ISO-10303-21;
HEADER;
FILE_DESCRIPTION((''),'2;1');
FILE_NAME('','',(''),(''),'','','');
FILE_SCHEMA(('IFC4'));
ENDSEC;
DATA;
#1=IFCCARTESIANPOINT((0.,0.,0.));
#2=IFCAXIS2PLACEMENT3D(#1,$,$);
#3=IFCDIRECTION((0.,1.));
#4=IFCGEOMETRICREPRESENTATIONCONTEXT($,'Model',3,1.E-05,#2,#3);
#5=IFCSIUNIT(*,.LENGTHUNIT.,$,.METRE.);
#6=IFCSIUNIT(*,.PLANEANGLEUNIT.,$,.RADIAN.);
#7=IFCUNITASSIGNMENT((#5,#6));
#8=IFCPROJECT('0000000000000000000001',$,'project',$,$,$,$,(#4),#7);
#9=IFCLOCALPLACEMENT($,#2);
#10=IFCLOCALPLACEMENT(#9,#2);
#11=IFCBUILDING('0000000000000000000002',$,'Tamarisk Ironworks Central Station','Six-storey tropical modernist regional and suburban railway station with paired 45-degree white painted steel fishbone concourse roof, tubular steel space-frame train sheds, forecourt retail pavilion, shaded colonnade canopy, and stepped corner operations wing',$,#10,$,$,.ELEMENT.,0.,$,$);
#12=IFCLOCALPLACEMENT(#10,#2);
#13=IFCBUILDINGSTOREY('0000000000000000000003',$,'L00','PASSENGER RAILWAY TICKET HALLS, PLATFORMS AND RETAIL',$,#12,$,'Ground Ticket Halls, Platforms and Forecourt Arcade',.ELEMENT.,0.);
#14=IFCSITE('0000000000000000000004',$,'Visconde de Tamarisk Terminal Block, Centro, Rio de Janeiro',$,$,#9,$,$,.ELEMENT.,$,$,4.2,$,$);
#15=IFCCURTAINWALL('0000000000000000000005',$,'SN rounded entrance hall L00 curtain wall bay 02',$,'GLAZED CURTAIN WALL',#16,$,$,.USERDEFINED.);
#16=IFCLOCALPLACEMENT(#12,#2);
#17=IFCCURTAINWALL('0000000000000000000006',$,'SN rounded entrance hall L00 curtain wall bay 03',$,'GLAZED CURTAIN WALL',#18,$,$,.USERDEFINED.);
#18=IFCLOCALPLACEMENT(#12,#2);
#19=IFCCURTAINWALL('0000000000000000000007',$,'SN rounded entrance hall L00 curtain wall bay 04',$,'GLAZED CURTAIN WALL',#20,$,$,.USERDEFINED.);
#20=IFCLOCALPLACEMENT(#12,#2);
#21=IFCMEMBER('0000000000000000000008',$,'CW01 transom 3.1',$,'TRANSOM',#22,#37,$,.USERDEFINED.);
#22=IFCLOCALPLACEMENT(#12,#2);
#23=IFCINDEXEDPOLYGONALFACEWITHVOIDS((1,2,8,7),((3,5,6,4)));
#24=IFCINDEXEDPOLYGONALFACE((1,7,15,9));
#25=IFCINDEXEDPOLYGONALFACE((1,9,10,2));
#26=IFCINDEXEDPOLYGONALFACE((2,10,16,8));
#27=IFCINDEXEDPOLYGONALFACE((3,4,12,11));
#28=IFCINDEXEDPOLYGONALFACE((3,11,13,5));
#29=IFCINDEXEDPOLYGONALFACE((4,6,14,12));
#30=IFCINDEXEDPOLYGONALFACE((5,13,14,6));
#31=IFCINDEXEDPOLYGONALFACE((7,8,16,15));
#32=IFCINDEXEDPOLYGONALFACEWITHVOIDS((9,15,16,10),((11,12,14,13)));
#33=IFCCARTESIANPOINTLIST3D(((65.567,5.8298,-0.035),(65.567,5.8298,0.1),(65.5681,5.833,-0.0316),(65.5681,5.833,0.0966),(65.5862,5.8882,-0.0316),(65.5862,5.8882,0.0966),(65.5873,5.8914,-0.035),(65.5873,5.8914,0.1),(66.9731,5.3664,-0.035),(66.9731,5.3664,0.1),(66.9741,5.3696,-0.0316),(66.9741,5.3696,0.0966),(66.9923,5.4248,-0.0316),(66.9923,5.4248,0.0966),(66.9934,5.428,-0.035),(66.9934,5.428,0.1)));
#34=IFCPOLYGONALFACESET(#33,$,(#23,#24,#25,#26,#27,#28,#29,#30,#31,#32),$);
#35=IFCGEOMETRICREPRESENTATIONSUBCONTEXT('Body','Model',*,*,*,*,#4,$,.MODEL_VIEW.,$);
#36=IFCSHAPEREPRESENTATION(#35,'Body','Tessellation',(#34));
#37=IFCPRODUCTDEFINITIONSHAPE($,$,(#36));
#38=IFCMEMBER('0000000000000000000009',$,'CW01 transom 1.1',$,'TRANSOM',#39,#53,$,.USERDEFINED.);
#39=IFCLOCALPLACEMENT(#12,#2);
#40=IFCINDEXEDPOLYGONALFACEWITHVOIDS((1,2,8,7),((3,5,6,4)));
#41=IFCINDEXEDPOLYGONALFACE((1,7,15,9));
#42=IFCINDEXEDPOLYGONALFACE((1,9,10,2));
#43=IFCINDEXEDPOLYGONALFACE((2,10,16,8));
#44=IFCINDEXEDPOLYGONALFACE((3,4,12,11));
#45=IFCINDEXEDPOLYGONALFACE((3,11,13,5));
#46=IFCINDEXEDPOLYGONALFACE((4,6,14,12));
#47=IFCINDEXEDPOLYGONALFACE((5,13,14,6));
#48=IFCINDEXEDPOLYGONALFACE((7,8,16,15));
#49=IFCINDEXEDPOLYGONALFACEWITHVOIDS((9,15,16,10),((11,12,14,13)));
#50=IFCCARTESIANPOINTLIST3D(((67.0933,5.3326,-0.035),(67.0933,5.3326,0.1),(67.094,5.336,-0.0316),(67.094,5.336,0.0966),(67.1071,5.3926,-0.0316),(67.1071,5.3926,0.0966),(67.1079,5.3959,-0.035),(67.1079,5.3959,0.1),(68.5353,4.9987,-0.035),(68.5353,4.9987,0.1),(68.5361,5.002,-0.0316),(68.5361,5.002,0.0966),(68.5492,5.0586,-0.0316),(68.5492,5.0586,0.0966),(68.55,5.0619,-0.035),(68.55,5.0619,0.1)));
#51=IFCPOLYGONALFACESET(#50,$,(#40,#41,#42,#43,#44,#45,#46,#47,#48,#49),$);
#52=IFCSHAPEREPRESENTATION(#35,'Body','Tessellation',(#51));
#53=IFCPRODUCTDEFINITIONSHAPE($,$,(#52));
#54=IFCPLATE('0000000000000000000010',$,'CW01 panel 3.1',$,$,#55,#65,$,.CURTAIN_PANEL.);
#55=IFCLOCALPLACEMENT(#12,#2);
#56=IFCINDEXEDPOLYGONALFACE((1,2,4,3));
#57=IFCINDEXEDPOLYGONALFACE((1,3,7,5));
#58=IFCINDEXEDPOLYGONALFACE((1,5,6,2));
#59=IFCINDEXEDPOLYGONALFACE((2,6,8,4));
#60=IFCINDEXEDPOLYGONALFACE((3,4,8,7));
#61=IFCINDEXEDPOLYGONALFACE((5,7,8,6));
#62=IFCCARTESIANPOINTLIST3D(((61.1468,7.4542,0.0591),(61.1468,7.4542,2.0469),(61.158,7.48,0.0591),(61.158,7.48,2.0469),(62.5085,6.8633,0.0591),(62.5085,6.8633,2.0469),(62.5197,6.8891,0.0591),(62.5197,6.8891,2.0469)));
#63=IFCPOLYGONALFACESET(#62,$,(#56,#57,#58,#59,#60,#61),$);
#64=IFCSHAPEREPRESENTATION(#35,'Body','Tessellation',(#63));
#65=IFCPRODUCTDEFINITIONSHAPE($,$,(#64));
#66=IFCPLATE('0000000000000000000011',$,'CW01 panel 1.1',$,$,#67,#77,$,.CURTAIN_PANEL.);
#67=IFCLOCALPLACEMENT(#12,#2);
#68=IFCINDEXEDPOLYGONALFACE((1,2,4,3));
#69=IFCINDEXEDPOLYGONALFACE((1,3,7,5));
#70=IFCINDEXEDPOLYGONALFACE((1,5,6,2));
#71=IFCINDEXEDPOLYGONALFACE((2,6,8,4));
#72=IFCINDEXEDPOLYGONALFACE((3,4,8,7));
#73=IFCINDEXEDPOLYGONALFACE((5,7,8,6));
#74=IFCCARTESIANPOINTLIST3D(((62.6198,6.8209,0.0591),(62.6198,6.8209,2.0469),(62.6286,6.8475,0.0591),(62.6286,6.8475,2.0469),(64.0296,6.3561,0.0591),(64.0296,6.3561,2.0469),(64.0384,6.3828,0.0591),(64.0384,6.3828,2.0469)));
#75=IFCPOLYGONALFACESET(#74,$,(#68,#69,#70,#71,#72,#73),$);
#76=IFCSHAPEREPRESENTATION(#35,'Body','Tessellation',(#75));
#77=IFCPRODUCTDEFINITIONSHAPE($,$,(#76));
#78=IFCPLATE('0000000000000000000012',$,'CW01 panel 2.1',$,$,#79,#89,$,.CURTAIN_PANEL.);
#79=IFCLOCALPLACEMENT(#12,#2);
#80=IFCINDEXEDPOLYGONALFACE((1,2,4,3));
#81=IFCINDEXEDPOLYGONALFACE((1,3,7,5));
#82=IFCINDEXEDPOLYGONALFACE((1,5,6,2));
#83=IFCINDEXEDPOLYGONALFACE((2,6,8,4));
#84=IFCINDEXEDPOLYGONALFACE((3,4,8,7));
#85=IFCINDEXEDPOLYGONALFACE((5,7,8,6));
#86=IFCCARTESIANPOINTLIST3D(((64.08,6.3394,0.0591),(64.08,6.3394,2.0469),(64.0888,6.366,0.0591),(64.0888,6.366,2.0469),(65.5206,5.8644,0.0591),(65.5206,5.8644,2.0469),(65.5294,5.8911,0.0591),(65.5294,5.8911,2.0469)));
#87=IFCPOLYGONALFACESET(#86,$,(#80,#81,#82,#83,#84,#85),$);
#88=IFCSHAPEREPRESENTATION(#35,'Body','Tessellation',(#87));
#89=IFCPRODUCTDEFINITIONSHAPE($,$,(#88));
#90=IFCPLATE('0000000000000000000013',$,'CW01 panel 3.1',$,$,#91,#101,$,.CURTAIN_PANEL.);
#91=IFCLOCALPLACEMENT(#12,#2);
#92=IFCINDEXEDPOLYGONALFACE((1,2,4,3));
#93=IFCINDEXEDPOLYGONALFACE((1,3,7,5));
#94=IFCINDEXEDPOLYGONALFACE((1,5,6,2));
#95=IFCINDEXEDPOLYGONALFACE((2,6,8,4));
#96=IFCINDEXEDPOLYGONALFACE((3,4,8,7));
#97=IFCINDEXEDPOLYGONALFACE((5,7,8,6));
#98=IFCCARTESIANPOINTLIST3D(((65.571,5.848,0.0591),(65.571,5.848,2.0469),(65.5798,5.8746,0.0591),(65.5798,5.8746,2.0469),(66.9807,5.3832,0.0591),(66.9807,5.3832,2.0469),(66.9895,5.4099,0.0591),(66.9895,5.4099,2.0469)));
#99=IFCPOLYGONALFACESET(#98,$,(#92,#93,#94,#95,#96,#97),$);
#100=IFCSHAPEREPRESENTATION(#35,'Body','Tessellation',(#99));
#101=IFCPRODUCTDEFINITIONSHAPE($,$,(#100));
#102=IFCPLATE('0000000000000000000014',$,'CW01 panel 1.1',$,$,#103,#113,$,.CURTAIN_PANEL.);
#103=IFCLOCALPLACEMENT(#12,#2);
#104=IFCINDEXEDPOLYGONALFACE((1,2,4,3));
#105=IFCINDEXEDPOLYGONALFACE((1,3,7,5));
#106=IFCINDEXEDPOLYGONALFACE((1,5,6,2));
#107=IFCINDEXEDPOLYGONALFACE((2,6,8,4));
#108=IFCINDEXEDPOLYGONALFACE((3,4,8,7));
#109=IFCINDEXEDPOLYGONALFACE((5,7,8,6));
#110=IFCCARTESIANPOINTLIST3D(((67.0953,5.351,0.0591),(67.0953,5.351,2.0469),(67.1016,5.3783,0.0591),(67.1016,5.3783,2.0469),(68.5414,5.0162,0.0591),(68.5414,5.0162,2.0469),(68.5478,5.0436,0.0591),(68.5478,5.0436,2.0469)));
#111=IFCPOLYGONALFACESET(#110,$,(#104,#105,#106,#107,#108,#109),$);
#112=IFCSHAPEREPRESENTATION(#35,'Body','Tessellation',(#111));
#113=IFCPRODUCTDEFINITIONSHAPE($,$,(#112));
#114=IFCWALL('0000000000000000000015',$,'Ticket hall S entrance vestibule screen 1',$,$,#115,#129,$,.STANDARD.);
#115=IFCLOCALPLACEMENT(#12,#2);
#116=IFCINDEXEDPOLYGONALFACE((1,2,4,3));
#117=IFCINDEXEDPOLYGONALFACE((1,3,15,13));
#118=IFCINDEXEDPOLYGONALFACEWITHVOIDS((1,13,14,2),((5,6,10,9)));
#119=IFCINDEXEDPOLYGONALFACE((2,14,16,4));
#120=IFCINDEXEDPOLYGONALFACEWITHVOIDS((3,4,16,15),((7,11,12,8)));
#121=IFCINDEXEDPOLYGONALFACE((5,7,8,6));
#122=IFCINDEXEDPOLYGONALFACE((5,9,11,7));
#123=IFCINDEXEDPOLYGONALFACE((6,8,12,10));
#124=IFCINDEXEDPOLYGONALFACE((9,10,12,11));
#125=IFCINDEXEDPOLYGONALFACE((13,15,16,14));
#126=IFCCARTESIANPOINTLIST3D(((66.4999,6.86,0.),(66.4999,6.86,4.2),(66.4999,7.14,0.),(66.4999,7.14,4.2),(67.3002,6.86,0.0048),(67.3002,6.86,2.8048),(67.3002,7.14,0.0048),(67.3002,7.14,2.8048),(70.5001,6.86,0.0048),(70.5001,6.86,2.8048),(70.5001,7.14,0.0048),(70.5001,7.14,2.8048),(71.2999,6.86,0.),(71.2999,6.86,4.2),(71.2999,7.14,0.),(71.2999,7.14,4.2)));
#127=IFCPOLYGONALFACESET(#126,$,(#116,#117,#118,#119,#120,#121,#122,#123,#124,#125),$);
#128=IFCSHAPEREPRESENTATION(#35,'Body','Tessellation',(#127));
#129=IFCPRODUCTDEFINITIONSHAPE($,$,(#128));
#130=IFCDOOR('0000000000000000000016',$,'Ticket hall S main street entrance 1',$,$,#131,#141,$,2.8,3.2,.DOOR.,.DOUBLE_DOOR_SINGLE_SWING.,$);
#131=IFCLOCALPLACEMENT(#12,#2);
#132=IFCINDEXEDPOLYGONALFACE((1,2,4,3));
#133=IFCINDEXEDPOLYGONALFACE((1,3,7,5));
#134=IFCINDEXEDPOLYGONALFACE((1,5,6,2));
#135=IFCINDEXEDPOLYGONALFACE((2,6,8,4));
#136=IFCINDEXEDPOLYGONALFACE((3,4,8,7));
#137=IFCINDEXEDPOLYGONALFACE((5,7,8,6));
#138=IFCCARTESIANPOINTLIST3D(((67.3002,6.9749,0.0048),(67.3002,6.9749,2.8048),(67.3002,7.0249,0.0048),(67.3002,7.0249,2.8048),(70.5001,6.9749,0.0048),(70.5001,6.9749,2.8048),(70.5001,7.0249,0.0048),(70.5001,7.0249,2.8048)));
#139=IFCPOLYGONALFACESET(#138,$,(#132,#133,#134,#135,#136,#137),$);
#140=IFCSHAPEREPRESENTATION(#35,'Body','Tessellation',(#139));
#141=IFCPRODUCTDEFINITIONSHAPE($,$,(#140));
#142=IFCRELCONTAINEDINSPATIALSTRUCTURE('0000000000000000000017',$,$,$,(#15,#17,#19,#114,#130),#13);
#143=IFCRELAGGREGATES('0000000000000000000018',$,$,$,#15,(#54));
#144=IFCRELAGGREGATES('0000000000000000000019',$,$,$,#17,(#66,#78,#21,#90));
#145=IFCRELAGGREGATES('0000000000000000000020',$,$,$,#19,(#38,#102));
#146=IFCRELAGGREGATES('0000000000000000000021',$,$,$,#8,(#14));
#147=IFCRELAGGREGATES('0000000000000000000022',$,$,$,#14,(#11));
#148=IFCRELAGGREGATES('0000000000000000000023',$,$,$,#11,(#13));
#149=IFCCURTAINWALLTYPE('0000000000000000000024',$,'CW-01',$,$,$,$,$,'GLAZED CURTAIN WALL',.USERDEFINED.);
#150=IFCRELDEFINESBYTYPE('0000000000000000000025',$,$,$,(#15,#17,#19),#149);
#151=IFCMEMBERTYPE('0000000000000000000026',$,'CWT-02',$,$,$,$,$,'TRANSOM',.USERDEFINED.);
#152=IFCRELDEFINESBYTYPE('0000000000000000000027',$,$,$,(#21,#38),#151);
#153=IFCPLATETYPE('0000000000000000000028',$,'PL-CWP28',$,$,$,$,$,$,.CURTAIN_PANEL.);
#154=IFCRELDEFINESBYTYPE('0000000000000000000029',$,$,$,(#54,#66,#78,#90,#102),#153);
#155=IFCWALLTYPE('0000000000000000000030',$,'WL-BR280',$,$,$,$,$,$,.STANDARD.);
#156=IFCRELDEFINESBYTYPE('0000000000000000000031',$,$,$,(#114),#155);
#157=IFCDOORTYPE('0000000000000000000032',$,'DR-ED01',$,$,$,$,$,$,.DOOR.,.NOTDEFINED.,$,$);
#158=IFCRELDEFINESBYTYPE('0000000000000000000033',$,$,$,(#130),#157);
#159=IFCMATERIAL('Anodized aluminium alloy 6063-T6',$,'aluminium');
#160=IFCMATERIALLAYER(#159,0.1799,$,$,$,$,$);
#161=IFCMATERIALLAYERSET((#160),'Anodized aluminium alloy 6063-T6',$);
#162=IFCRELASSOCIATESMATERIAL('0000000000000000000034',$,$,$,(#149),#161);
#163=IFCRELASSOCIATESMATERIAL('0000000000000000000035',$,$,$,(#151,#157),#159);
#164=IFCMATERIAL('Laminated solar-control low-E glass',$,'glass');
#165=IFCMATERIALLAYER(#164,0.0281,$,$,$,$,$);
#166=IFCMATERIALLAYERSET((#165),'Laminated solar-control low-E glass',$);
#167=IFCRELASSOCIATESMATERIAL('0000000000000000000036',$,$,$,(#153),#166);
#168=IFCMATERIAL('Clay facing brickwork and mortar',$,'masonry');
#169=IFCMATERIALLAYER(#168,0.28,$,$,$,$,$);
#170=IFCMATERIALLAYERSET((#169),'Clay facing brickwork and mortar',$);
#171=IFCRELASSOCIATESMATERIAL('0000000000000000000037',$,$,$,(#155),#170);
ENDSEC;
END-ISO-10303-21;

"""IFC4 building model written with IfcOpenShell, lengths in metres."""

from ifc_helpers import new_model, si_unit, direction, frame, frame_2d, origin, origin_2d, place, context, subcontext, project, spatial, rectangle, hollow_rectangle, extrude, material, layer, layer_set, material_profile, profile_set, type_object, element, fill, aggregate, save


model = new_model("IFC4")

# Units and contexts
model_context = context("Model", 3, precision=1e-05, world=origin(), true_north=direction((0.0, 1.0)))
body_context = subcontext(model_context, "Body", "Model", "MODEL_VIEW")
ifc_project = project(units=[si_unit("LENGTHUNIT", "METRE"), si_unit("PLANEANGLEUNIT", "RADIAN")], contexts=[model_context])

# Site, building, storey
site_placement = place(None, origin())
site = spatial("IfcSite", under=ifc_project, at=site_placement, Name="Visconde de Tamarisk Terminal Block, Centro, Rio de Janeiro", CompositionType="ELEMENT", RefElevation=4.2)
building_placement = place(site_placement, origin())
building = spatial("IfcBuilding", under=site, at=building_placement, Name="Tamarisk Ironworks Central Station", Description="Six-storey tropical modernist regional and suburban railway station with paired 45-degree white painted steel fishbone concourse roof, tubular steel space-frame train sheds, forecourt retail pavilion, shaded colonnade canopy, and stepped corner operations wing", CompositionType="ELEMENT", ElevationOfRefHeight=0.0)
storey_placement = place(building_placement, origin())
storey = spatial("IfcBuildingStorey", under=building, at=storey_placement, Name="L00", Description="PASSENGER RAILWAY TICKET HALLS, PLATFORMS AND RETAIL", LongName="Ground Ticket Halls, Platforms and Forecourt Arcade", CompositionType="ELEMENT", Elevation=0.0)

# Curtain walls
ifc_material_1 = material(Name="Anodized aluminium alloy 6063-T6", Category="aluminium")
ifc_layer_1 = layer(ifc_material_1, 0.1799)
ifc_layer_set_1 = layer_set([ifc_layer_1], Name="Anodized aluminium alloy 6063-T6")
curtain_wall_type = type_object("IfcCurtainWallType", Name="CW-01", ElementType="GLAZED CURTAIN WALL", PredefinedType="USERDEFINED", material=ifc_layer_set_1)
curtain_wall_1_placement = place(storey_placement, origin())
curtain_wall_1 = element("IfcCurtainWall", 1, at=curtain_wall_1_placement, inside=storey, type_object=curtain_wall_type, Name="SN rounded entrance hall L00 curtain wall bay 02", ObjectType="GLAZED CURTAIN WALL", PredefinedType="USERDEFINED")
curtain_wall_2_placement = place(storey_placement, origin())
curtain_wall_2 = element("IfcCurtainWall", 2, at=curtain_wall_2_placement, inside=storey, type_object=curtain_wall_type, Name="SN rounded entrance hall L00 curtain wall bay 03", ObjectType="GLAZED CURTAIN WALL", PredefinedType="USERDEFINED")
curtain_wall_3_placement = place(storey_placement, origin())
curtain_wall_3 = element("IfcCurtainWall", 3, at=curtain_wall_3_placement, inside=storey, type_object=curtain_wall_type, Name="SN rounded entrance hall L00 curtain wall bay 04", ObjectType="GLAZED CURTAIN WALL", PredefinedType="USERDEFINED")

# Members
ifc_material_profile_1 = material_profile(ifc_material_1, hollow_rectangle(XDim=0.0649, YDim=0.135, WallThickness=0.0034, at=origin_2d()), Name="ALUM 135x65")
ifc_profile_set_1 = profile_set([ifc_material_profile_1], Name="Anodized aluminium alloy 6063-T6")
member_type_1 = type_object("IfcMemberType", Name="CWT-02", ElementType="TRANSOM", PredefinedType="USERDEFINED", material=ifc_profile_set_1)
member_1_placement = place(storey_placement, frame((65.5771, 5.8606, 0.0325), z_axis=(0.94975, -0.31301, 0.0), x_axis=(0.31301, 0.94975, 0.0)))
member_1 = element("IfcMember", 4, at=member_1_placement, type_object=member_type_1, Name="CW01 transom 3.1", ObjectType="TRANSOM", PredefinedType="USERDEFINED", context=body_context, shape_type="SweptSolid", body=[
    extrude(hollow_rectangle(XDim=0.0649, YDim=0.135, WallThickness=0.0034, at=origin_2d()), origin(), (0.0, 0.0, 1.0), 1.4805),
])
member_2_placement = place(storey_placement, frame((67.1006, 5.3643, 0.0325), z_axis=(0.974216, -0.225618, 0.0), x_axis=(0.225618, 0.974216, 0.0)))
member_2 = element("IfcMember", 5, at=member_2_placement, type_object=member_type_1, Name="CW01 transom 1.1", ObjectType="TRANSOM", PredefinedType="USERDEFINED", context=body_context, shape_type="SweptSolid", body=[
    extrude(hollow_rectangle(XDim=0.0649, YDim=0.135, WallThickness=0.0034, at=origin_2d()), origin(), (0.0, 0.0, 1.0), 1.4802),
])

# Plates
ifc_material_2 = material(Name="Laminated solar-control low-E glass", Category="glass")
ifc_layer_2 = layer(ifc_material_2, 0.0281)
ifc_layer_set_2 = layer_set([ifc_layer_2], Name="Laminated solar-control low-E glass")
plate_type = type_object("IfcPlateType", Name="PL-CWP28", PredefinedType="CURTAIN_PANEL", material=ifc_layer_set_2)
plate_1_placement = place(storey_placement, frame((61.8333, 7.1716, 0.0591), z_axis=(0.0, 0.0, 1.0), x_axis=(0.917352, -0.398077, 0.0)))
plate_1 = element("IfcPlate", 6, at=plate_1_placement, type_object=plate_type, Name="CW01 panel 3.1", PredefinedType="CURTAIN_PANEL", context=body_context, shape_type="SweptSolid", body=[
    extrude(rectangle(XDim=1.4844, YDim=0.0281, at=origin_2d()), origin(), (0.0, 0.0, 1.0), 1.9878),
])
aggregate(curtain_wall_1, [plate_1])
plate_2_placement = place(storey_placement, frame((63.3291, 6.6018, 0.0591), z_axis=(0.0, 0.0, 1.0), x_axis=(0.949721, -0.313098, 0.0)))
plate_2 = element("IfcPlate", 7, at=plate_2_placement, type_object=plate_type, Name="CW01 panel 1.1", PredefinedType="CURTAIN_PANEL", context=body_context, shape_type="SweptSolid", body=[
    extrude(rectangle(XDim=1.4844, YDim=0.0281, at=origin_2d()), origin(), (0.0, 0.0, 1.0), 1.9878),
])
plate_3_placement = place(storey_placement, frame((64.8047, 6.1152, 0.0591), z_axis=(0.0, 0.0, 1.0), x_axis=(0.949721, -0.313098, 0.0)))
plate_3 = element("IfcPlate", 8, at=plate_3_placement, type_object=plate_type, Name="CW01 panel 2.1", PredefinedType="CURTAIN_PANEL", context=body_context, shape_type="SweptSolid", body=[
    extrude(rectangle(XDim=1.5168, YDim=0.0281, at=origin_2d()), origin(), (0.0, 0.0, 1.0), 1.9878),
])
plate_4_placement = place(storey_placement, frame((66.2803, 5.6289, 0.0591), z_axis=(0.0, 0.0, 1.0), x_axis=(0.949721, -0.313098, 0.0)))
plate_4 = element("IfcPlate", 9, at=plate_4_placement, type_object=plate_type, Name="CW01 panel 3.1", PredefinedType="CURTAIN_PANEL", context=body_context, shape_type="SweptSolid", body=[
    extrude(rectangle(XDim=1.4844, YDim=0.0281, at=origin_2d()), origin(), (0.0, 0.0, 1.0), 1.9878),
])
aggregate(curtain_wall_2, [plate_2, plate_3, member_1, plate_4])
plate_5_placement = place(storey_placement, frame((67.8215, 5.1973, 0.0591), z_axis=(0.0, 0.0, 1.0), x_axis=(0.974239, -0.225517, 0.0)))
plate_5 = element("IfcPlate", 10, at=plate_5_placement, type_object=plate_type, Name="CW01 panel 1.1", PredefinedType="CURTAIN_PANEL", context=body_context, shape_type="SweptSolid", body=[
    extrude(rectangle(XDim=1.4844, YDim=0.0281, at=origin_2d()), origin(), (0.0, 0.0, 1.0), 1.9878),
])
aggregate(curtain_wall_3, [member_2, plate_5])

# Wall, opening, door
ifc_material_3 = material(Name="Clay facing brickwork and mortar", Category="masonry")
ifc_layer_3 = layer(ifc_material_3, 0.28)
ifc_layer_set_3 = layer_set([ifc_layer_3], Name="Clay facing brickwork and mortar")
wall_type = type_object("IfcWallType", Name="WL-BR280", PredefinedType="STANDARD", material=ifc_layer_set_3)
wall_placement = place(storey_placement, frame((66.5, 7.0, 0.0), z_axis=(0.0, 0.0, 1.0), x_axis=(1.0, 0.0, 0.0)))
wall = element("IfcWall", 11, at=wall_placement, inside=storey, type_object=wall_type, Name="Ticket hall S entrance vestibule screen 1", PredefinedType="STANDARD", context=body_context, shape_type="SweptSolid", body=[
    extrude(rectangle(XDim=4.8, YDim=0.28, at=frame_2d((2.3999, 0.0))), origin(), (0.0, 0.0, 1.0), 4.2),
])
opening_placement = place(wall_placement, frame((0.8, 0.0, 0.0049)))
opening = element("IfcOpeningElement", 12, at=opening_placement, cuts=wall, PredefinedType="OPENING", context=body_context, shape_type="SweptSolid", body=[
    extrude(rectangle(XDim=3.2, YDim=2.8, at=frame_2d((1.6001, 1.3999))), frame((0.0, 0.1519, 0.0), z_axis=(0.0, -1.0, 0.0), x_axis=(1.0, 0.0, 0.0)), (0.0, 0.0, 1.0), 0.304),
])
door_type = type_object("IfcDoorType", Name="DR-ED01", OperationType="NOTDEFINED", PredefinedType="DOOR", material=ifc_material_1)
door_placement = place(opening_placement, origin())
door = element("IfcDoor", 13, at=door_placement, inside=storey, type_object=door_type, Name="Ticket hall S main street entrance 1", OperationType="DOUBLE_DOOR_SINGLE_SWING", OverallHeight=2.8, OverallWidth=3.2, PredefinedType="DOOR", context=body_context, shape_type="SweptSolid", body=[
    extrude(rectangle(XDim=3.2, YDim=2.8, at=frame_2d((1.6001, 1.3999))), frame((0.0, 0.0249, 0.0), z_axis=(0.0, -1.0, 0.0), x_axis=(1.0, 0.0, 0.0)), (0.0, 0.0, 1.0), 0.05),
])
fill(opening, door)

save(model, "model.ifc")
